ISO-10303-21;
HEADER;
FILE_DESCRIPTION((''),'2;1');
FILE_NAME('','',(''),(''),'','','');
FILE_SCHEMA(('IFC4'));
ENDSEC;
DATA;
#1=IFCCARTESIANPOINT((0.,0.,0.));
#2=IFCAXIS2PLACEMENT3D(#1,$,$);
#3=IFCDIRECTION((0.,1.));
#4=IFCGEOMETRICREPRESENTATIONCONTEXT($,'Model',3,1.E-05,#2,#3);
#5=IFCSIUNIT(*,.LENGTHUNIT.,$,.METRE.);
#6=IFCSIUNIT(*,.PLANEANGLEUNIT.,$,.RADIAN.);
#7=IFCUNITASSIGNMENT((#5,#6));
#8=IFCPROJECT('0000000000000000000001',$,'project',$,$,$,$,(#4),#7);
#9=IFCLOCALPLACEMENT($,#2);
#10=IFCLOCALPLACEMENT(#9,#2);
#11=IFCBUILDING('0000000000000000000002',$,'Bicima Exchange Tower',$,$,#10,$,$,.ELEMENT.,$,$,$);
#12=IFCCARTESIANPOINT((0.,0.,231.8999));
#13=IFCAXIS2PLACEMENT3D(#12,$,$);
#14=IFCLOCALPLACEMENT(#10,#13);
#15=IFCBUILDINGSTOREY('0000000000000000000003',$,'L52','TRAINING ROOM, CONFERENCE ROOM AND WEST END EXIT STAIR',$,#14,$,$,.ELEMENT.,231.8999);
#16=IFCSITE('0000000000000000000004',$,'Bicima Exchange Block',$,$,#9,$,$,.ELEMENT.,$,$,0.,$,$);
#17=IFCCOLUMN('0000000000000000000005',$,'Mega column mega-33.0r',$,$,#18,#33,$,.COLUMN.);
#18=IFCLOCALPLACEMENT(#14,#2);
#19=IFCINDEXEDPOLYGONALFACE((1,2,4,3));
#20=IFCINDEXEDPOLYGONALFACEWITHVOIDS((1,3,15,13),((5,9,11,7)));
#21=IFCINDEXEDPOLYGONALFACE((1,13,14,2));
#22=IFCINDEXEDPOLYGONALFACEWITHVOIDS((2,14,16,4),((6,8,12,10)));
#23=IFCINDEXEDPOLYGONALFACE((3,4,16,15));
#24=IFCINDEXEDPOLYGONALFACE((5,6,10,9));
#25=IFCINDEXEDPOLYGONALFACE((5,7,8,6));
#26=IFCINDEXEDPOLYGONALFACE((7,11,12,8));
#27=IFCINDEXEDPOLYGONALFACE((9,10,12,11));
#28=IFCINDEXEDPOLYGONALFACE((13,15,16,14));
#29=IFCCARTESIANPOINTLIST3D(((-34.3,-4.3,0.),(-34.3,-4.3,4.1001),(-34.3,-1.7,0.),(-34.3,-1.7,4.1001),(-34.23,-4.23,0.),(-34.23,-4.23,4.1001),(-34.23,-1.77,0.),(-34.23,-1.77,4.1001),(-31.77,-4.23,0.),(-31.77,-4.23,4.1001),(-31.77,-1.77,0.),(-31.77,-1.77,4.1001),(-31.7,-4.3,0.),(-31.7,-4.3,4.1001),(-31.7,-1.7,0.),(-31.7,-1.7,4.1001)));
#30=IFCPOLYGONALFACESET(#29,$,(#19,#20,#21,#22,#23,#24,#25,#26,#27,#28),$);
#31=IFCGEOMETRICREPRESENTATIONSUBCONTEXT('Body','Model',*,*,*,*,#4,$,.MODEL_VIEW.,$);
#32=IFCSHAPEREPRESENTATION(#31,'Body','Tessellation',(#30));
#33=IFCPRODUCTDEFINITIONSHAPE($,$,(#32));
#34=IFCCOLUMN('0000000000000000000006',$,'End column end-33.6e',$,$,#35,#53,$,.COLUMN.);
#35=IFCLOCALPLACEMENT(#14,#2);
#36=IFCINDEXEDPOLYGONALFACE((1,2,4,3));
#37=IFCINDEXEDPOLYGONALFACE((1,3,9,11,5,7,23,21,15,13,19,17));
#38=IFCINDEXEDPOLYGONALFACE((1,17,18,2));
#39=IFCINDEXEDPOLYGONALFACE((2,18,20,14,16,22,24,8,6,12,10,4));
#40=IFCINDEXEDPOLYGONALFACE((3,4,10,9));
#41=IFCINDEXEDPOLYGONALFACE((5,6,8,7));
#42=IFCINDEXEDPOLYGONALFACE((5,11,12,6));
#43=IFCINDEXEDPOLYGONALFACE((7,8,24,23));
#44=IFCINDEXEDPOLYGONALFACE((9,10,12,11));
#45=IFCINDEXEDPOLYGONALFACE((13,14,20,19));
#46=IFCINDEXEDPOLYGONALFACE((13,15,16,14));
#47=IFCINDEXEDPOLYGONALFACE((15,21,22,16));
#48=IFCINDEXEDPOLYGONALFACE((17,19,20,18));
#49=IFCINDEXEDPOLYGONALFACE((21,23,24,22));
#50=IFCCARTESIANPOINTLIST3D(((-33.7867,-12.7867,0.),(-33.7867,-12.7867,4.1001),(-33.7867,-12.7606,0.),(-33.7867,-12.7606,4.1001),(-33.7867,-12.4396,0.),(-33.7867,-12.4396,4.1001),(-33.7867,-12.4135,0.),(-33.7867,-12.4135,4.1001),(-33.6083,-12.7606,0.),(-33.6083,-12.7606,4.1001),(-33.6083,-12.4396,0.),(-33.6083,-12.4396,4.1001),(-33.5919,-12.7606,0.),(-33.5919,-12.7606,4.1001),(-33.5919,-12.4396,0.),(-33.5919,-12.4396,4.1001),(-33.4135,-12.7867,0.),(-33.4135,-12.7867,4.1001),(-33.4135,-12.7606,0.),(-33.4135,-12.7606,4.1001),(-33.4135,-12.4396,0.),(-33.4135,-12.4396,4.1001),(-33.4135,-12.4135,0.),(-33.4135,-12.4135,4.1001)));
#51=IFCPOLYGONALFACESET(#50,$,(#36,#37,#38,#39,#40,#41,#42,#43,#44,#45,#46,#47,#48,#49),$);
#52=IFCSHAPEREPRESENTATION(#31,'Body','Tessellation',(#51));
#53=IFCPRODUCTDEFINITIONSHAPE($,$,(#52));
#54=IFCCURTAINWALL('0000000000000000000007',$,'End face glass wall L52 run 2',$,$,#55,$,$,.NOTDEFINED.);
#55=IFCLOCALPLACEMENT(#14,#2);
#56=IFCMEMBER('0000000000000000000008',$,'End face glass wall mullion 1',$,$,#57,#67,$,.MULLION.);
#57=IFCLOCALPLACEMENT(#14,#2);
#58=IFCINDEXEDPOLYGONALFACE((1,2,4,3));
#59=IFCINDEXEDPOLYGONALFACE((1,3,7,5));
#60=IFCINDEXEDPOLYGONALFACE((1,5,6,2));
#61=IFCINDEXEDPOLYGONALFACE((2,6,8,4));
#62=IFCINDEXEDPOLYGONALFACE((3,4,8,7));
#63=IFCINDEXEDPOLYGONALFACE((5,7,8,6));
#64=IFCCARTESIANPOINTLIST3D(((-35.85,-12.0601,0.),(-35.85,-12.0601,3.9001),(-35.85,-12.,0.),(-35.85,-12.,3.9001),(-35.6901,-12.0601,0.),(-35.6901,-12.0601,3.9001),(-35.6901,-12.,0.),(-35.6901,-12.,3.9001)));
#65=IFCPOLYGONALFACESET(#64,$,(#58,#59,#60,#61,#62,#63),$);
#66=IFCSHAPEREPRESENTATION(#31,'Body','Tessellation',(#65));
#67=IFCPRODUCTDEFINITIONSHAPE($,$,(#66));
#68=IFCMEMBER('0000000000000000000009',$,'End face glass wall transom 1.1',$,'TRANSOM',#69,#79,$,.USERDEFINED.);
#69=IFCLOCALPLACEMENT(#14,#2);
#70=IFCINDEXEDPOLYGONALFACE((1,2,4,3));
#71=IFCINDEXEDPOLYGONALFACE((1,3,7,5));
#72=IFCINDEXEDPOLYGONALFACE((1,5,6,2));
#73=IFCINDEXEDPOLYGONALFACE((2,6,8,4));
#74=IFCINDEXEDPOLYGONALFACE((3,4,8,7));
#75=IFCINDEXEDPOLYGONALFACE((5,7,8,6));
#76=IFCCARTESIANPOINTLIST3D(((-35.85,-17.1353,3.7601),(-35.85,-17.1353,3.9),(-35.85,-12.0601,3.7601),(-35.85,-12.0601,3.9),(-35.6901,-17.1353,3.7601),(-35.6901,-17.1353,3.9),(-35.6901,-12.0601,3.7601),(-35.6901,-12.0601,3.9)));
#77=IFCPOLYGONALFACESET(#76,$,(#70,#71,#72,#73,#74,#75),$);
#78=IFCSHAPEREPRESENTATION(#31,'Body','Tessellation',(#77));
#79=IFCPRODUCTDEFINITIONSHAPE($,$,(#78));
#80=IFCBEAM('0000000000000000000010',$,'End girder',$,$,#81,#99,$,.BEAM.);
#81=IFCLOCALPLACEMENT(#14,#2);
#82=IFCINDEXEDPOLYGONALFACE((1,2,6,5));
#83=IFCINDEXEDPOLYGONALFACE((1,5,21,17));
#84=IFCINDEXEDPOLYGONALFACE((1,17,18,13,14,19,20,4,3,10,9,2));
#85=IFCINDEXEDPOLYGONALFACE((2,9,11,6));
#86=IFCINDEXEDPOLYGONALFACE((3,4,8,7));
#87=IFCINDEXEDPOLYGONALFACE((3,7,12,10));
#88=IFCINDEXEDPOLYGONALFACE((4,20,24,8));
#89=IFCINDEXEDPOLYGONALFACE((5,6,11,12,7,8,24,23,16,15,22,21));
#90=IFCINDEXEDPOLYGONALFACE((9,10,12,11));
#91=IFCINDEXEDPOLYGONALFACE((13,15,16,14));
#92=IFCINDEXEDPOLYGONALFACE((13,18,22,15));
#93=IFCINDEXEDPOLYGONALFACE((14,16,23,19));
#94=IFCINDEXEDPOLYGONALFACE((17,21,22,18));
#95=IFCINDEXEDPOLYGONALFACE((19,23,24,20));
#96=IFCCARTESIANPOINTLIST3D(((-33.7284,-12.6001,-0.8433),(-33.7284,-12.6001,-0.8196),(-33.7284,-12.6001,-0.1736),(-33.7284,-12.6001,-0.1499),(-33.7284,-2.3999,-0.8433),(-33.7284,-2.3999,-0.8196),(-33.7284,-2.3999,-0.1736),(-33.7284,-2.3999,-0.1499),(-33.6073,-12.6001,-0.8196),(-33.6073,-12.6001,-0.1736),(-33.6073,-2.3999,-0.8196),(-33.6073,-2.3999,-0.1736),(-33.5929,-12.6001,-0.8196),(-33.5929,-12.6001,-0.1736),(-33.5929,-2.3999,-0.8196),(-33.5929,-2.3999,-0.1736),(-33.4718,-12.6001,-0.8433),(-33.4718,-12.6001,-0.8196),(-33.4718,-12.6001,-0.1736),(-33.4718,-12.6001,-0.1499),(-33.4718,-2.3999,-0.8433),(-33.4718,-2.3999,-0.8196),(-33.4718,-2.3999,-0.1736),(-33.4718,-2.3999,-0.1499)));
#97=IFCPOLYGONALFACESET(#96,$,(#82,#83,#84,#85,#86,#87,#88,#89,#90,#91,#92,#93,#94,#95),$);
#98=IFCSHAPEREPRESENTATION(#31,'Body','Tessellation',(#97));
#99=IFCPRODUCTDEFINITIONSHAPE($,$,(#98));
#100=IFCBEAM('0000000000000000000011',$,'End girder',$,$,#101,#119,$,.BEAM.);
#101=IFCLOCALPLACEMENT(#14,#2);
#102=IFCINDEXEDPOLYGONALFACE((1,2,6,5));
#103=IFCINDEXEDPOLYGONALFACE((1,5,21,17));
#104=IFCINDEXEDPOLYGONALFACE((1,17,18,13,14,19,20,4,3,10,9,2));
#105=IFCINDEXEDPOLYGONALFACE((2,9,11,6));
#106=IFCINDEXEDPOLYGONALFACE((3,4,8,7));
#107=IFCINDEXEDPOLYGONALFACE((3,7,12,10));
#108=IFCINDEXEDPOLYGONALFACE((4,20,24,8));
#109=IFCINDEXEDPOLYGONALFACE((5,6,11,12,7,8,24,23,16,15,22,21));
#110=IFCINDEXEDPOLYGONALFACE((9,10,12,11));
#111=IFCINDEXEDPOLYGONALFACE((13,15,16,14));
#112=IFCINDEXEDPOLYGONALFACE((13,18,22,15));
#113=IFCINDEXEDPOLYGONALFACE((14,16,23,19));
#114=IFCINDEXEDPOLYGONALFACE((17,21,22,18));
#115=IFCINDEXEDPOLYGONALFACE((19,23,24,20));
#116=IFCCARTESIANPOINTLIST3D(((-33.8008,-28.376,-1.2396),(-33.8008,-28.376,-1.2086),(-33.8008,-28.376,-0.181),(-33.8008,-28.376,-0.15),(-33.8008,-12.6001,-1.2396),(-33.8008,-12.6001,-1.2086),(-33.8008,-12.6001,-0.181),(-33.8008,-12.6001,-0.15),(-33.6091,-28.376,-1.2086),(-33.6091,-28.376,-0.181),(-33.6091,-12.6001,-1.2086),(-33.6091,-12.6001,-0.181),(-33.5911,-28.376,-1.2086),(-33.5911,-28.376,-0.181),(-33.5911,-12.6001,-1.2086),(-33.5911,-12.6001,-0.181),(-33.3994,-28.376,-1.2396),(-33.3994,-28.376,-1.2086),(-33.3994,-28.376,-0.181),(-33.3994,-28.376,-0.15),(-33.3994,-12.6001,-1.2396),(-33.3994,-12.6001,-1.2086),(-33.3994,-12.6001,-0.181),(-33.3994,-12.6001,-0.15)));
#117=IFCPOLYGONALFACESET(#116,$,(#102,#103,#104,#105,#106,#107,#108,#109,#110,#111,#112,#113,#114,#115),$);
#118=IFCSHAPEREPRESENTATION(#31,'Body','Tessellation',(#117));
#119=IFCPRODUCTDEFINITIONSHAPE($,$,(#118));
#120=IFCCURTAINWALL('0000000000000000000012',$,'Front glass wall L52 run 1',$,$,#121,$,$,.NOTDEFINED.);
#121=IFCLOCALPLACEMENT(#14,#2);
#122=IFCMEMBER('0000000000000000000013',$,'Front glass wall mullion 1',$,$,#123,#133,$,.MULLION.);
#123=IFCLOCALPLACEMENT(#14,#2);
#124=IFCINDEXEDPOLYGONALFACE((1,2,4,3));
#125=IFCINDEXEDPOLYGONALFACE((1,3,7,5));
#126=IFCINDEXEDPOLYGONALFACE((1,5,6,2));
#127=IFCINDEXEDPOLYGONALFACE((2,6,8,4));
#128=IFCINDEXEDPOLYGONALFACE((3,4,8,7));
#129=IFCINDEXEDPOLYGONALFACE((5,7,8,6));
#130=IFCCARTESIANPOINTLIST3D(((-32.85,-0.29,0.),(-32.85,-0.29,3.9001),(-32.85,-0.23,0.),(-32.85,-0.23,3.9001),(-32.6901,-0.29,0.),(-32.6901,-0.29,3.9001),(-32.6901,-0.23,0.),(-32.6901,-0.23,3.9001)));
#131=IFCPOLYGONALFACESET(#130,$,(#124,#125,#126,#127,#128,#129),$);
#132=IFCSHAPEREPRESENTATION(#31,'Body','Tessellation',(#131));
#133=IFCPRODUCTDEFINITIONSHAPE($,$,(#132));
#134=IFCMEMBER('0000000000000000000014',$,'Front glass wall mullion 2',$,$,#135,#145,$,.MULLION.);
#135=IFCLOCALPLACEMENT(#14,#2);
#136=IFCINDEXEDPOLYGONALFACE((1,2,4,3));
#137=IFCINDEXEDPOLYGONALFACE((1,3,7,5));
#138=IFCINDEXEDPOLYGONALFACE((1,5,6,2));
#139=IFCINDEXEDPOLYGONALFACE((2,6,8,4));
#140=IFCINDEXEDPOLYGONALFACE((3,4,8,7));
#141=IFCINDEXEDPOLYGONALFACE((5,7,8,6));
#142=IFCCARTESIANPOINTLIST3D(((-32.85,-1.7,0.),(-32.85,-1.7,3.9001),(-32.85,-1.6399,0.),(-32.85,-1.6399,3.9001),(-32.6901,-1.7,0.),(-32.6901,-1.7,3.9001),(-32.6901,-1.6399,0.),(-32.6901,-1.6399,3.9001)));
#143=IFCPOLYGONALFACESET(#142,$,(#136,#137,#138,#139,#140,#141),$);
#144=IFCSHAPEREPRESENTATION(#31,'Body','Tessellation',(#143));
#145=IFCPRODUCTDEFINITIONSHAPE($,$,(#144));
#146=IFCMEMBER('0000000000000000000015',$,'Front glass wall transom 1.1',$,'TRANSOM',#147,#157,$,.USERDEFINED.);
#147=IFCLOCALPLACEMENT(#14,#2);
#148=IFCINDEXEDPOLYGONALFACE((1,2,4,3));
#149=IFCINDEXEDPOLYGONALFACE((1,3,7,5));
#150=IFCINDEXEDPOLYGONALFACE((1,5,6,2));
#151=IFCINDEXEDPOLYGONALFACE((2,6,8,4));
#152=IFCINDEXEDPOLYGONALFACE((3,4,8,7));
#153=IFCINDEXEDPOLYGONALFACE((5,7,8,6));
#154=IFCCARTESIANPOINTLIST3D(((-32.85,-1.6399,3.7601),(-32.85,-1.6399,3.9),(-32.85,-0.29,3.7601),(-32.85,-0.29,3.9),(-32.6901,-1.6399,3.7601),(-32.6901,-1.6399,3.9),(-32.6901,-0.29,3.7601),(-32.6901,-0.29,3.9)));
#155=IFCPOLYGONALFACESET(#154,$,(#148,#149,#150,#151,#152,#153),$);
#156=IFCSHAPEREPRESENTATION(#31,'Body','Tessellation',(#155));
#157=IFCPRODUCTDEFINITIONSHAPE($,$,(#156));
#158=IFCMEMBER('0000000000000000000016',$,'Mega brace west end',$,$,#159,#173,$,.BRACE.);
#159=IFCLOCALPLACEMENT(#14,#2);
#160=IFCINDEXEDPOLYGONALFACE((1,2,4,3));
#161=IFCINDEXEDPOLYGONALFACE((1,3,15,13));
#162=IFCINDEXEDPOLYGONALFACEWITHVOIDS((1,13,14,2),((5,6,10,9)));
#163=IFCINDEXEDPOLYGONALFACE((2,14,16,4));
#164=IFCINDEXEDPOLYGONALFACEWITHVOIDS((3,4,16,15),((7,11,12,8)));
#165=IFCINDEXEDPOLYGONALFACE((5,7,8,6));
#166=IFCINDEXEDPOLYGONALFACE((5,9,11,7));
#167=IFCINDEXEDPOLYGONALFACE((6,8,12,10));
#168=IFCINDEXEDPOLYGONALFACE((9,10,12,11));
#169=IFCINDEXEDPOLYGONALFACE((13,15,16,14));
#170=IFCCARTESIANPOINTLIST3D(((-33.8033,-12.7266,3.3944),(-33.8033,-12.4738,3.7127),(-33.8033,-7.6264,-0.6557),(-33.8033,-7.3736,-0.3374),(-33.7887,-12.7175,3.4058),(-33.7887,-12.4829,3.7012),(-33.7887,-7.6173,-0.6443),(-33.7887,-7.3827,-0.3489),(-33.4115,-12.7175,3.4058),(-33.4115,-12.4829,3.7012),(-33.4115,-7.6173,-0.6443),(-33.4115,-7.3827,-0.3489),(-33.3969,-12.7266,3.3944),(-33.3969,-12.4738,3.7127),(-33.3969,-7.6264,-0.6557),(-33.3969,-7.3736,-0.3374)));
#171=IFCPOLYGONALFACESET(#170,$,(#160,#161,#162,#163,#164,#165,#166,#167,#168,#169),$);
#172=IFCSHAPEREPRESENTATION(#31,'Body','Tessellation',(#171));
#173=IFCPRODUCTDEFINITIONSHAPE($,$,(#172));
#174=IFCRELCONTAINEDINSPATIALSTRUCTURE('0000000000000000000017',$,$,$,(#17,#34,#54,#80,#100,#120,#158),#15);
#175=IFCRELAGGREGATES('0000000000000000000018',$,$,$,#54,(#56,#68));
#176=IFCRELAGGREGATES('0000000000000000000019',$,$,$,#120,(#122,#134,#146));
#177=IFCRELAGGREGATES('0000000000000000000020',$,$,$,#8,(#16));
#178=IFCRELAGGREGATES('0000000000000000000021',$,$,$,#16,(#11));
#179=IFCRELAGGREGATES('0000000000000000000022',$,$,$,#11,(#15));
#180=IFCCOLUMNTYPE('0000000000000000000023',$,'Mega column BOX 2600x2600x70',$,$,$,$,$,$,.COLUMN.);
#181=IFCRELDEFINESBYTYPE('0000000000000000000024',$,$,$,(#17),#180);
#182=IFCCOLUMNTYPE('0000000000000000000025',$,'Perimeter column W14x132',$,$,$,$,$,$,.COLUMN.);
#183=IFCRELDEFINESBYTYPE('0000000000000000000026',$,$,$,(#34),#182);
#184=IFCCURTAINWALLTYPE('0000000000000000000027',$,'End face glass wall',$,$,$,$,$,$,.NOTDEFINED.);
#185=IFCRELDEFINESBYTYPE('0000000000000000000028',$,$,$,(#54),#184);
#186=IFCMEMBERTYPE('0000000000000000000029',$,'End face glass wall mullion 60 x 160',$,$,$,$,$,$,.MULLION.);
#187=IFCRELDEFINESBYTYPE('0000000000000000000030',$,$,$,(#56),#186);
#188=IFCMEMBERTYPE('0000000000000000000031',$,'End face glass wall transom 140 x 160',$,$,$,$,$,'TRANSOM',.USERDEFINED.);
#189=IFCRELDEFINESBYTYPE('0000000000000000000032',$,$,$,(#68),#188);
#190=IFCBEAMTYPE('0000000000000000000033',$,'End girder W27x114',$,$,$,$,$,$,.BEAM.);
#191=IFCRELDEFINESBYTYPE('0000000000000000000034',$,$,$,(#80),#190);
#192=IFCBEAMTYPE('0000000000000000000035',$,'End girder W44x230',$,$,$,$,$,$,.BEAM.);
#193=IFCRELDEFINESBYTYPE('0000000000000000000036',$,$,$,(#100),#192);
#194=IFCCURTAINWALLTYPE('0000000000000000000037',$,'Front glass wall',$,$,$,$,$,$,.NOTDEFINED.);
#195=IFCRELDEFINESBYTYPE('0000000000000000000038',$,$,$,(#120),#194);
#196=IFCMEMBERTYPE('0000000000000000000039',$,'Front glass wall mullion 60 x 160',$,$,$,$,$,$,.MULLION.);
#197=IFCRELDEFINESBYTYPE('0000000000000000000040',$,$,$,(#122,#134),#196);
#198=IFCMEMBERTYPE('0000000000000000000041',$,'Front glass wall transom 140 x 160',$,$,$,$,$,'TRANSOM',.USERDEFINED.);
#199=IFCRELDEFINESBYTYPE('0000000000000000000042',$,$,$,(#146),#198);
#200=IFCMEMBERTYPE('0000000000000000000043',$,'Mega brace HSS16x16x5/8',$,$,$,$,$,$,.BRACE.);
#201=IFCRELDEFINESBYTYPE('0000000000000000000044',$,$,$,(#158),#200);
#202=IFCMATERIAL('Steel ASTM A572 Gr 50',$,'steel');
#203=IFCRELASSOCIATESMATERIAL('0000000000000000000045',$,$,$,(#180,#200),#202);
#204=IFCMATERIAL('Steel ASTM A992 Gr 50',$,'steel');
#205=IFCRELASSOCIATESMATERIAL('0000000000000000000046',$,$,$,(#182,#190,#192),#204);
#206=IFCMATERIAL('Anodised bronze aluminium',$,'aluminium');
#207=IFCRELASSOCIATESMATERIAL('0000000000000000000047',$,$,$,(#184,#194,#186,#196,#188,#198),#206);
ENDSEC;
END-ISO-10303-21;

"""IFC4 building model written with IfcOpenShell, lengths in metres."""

from ifc_helpers import new_model, si_unit, direction, frame, origin, origin_2d, place, context, subcontext, project, spatial, rectangle, hollow_rectangle, i_section, extrude, material, material_profile, profile_set, type_object, element, aggregate, save


model = new_model("IFC4")

# Units and contexts
model_context = context("Model", 3, precision=1e-05, world=origin(), true_north=direction((0.0, 1.0)))
body_context = subcontext(model_context, "Body", "Model", "MODEL_VIEW")
ifc_project = project(units=[si_unit("LENGTHUNIT", "METRE"), si_unit("PLANEANGLEUNIT", "RADIAN")], contexts=[model_context])

# Site, building, storey
site_placement = place(None, origin())
site = spatial("IfcSite", under=ifc_project, at=site_placement, Name="Bicima Exchange Block", CompositionType="ELEMENT", RefElevation=0.0)
building_placement = place(site_placement, origin())
building = spatial("IfcBuilding", under=site, at=building_placement, Name="Bicima Exchange Tower", CompositionType="ELEMENT")
storey_placement = place(building_placement, frame((0.0, 0.0, 231.8999)))
storey = spatial("IfcBuildingStorey", under=building, at=storey_placement, Name="L52", Description="TRAINING ROOM, CONFERENCE ROOM AND WEST END EXIT STAIR", CompositionType="ELEMENT", Elevation=231.8999)

# Columns
ifc_material_1 = material(Name="Steel ASTM A572 Gr 50", Category="steel")
ifc_material_profile_1 = material_profile(ifc_material_1, hollow_rectangle(XDim=2.6001, YDim=2.6001, WallThickness=0.0701, at=origin_2d()))
ifc_profile_set_1 = profile_set([ifc_material_profile_1], Name="Steel ASTM A572 Gr 50")
column_type_1 = type_object("IfcColumnType", Name="Mega column BOX 2600x2600x70", PredefinedType="COLUMN", material=ifc_profile_set_1)
column_1_placement = place(storey_placement, frame((-33.0, -3.0, 0.0), z_axis=(0.0, 0.0, 1.0), x_axis=(1.0, 0.0, 0.0)))
element("IfcColumn", 1, at=column_1_placement, inside=storey, type_object=column_type_1, Name="Mega column mega-33.0r", PredefinedType="COLUMN", context=body_context, shape_type="SweptSolid", body=[
    extrude(hollow_rectangle(XDim=2.6001, YDim=2.6001, WallThickness=0.0701, at=origin_2d()), origin(), (0.0, 0.0, 1.0), 4.1001),
])
ifc_material_2 = material(Name="Steel ASTM A992 Gr 50", Category="steel")
ifc_material_profile_2 = material_profile(ifc_material_2, i_section(OverallWidth=0.3733, OverallDepth=0.3733, WebThickness=0.0164, FlangeThickness=0.0261, at=origin_2d()))
ifc_profile_set_2 = profile_set([ifc_material_profile_2], Name="Steel ASTM A992 Gr 50")
column_type_2 = type_object("IfcColumnType", Name="Perimeter column W14x132", PredefinedType="COLUMN", material=ifc_profile_set_2)
column_2_placement = place(storey_placement, frame((-33.6001, -12.6001, 0.0), z_axis=(0.0, 0.0, 1.0), x_axis=(1.0, 0.0, 0.0)))
element("IfcColumn", 2, at=column_2_placement, inside=storey, type_object=column_type_2, Name="End column end-33.6e", PredefinedType="COLUMN", context=body_context, shape_type="SweptSolid", body=[
    extrude(i_section(OverallWidth=0.3733, OverallDepth=0.3733, WebThickness=0.0164, FlangeThickness=0.0261, at=origin_2d()), origin(), (0.0, 0.0, 1.0), 4.1001),
])

# Curtain wall, members
ifc_material_3 = material(Name="Anodised bronze aluminium", Category="aluminium")
curtain_wall_type_1 = type_object("IfcCurtainWallType", Name="End face glass wall", PredefinedType="NOTDEFINED", material=ifc_material_3)
curtain_wall_1_placement = place(storey_placement, origin())
curtain_wall_1 = element("IfcCurtainWall", 3, at=curtain_wall_1_placement, inside=storey, type_object=curtain_wall_type_1, Name="End face glass wall L52 run 2", PredefinedType="NOTDEFINED")
ifc_material_profile_3 = material_profile(ifc_material_3, rectangle(XDim=0.1599, YDim=0.0601, at=origin_2d()))
ifc_profile_set_3 = profile_set([ifc_material_profile_3], Name="Anodised bronze aluminium")
member_type_1 = type_object("IfcMemberType", Name="End face glass wall mullion 60 x 160", PredefinedType="MULLION", material=ifc_profile_set_3)
member_1_placement = place(storey_placement, frame((-35.77, -12.03, 0.0), z_axis=(0.0, 0.0, 1.0), x_axis=(1.0, 0.0, 0.0)))
member_1 = element("IfcMember", 4, at=member_1_placement, type_object=member_type_1, Name="End face glass wall mullion 1", PredefinedType="MULLION", context=body_context, shape_type="SweptSolid", body=[
    extrude(rectangle(XDim=0.1599, YDim=0.0601, at=origin_2d()), origin(), (0.0, 0.0, 1.0), 3.9001),
])
ifc_material_profile_4 = material_profile(ifc_material_3, rectangle(XDim=0.1599, YDim=0.1399, at=origin_2d()))
ifc_profile_set_4 = profile_set([ifc_material_profile_4], Name="Anodised bronze aluminium")
member_type_2 = type_object("IfcMemberType", Name="End face glass wall transom 140 x 160", ElementType="TRANSOM", PredefinedType="USERDEFINED", material=ifc_profile_set_4)
member_2_placement = place(storey_placement, frame((-35.77, -12.0601, 3.8301), z_axis=(0.0, -1.0, 0.0), x_axis=(1.0, 0.0, 0.0)))
member_2 = element("IfcMember", 5, at=member_2_placement, type_object=member_type_2, Name="End face glass wall transom 1.1", ObjectType="TRANSOM", PredefinedType="USERDEFINED", context=body_context, shape_type="SweptSolid", body=[
    extrude(rectangle(XDim=0.1599, YDim=0.1399, at=origin_2d()), origin(), (0.0, 0.0, 1.0), 5.0752),
])
aggregate(curtain_wall_1, [member_1, member_2])

# Beams
ifc_material_profile_5 = material_profile(ifc_material_2, i_section(OverallWidth=0.2566, OverallDepth=0.6934, WebThickness=0.0144, FlangeThickness=0.0237, at=origin_2d()))
ifc_profile_set_5 = profile_set([ifc_material_profile_5], Name="Steel ASTM A992 Gr 50")
beam_type_1 = type_object("IfcBeamType", Name="End girder W27x114", PredefinedType="BEAM", material=ifc_profile_set_5)
beam_1_placement = place(storey_placement, frame((-33.6001, -2.3999, -0.4966), z_axis=(0.0, -1.0, 0.0), x_axis=(1.0, 0.0, 0.0)))
element("IfcBeam", 6, at=beam_1_placement, inside=storey, type_object=beam_type_1, Name="End girder", PredefinedType="BEAM", context=body_context, shape_type="SweptSolid", body=[
    extrude(i_section(OverallWidth=0.2566, OverallDepth=0.6934, WebThickness=0.0144, FlangeThickness=0.0237, at=origin_2d()), origin(), (0.0, 0.0, 1.0), 10.2002),
])
ifc_material_profile_6 = material_profile(ifc_material_2, i_section(OverallWidth=0.4014, OverallDepth=1.0896, WebThickness=0.0181, FlangeThickness=0.031, at=origin_2d()))
ifc_profile_set_6 = profile_set([ifc_material_profile_6], Name="Steel ASTM A992 Gr 50")
beam_type_2 = type_object("IfcBeamType", Name="End girder W44x230", PredefinedType="BEAM", material=ifc_profile_set_6)
beam_2_placement = place(storey_placement, frame((-33.6001, -12.6001, -0.6948), z_axis=(0.0, -1.0, 0.0), x_axis=(1.0, 0.0, 0.0)))
element("IfcBeam", 7, at=beam_2_placement, inside=storey, type_object=beam_type_2, Name="End girder", PredefinedType="BEAM", context=body_context, shape_type="SweptSolid", body=[
    extrude(i_section(OverallWidth=0.4014, OverallDepth=1.0896, WebThickness=0.0181, FlangeThickness=0.031, at=origin_2d()), origin(), (0.0, 0.0, 1.0), 15.7759),
])

# Curtain wall, members
curtain_wall_type_2 = type_object("IfcCurtainWallType", Name="Front glass wall", PredefinedType="NOTDEFINED", material=ifc_material_3)
curtain_wall_2_placement = place(storey_placement, origin())
curtain_wall_2 = element("IfcCurtainWall", 8, at=curtain_wall_2_placement, inside=storey, type_object=curtain_wall_type_2, Name="Front glass wall L52 run 1", PredefinedType="NOTDEFINED")
member_type_3 = type_object("IfcMemberType", Name="Front glass wall mullion 60 x 160", PredefinedType="MULLION", material=ifc_profile_set_3)
member_3_placement = place(storey_placement, frame((-32.77, -0.26, 0.0), z_axis=(0.0, 0.0, 1.0), x_axis=(1.0, 0.0, 0.0)))
member_3 = element("IfcMember", 9, at=member_3_placement, type_object=member_type_3, Name="Front glass wall mullion 1", PredefinedType="MULLION", context=body_context, shape_type="SweptSolid", body=[
    extrude(rectangle(XDim=0.1599, YDim=0.0601, at=origin_2d()), origin(), (0.0, 0.0, 1.0), 3.9001),
])
member_4_placement = place(storey_placement, frame((-32.77, -1.6699, 0.0), z_axis=(0.0, 0.0, 1.0), x_axis=(1.0, 0.0, 0.0)))
member_4 = element("IfcMember", 10, at=member_4_placement, type_object=member_type_3, Name="Front glass wall mullion 2", PredefinedType="MULLION", context=body_context, shape_type="SweptSolid", body=[
    extrude(rectangle(XDim=0.1599, YDim=0.0601, at=origin_2d()), origin(), (0.0, 0.0, 1.0), 3.9001),
])
member_type_4 = type_object("IfcMemberType", Name="Front glass wall transom 140 x 160", ElementType="TRANSOM", PredefinedType="USERDEFINED", material=ifc_profile_set_4)
member_5_placement = place(storey_placement, frame((-32.77, -0.29, 3.8301), z_axis=(0.0, -1.0, 0.0), x_axis=(1.0, 0.0, 0.0)))
member_5 = element("IfcMember", 11, at=member_5_placement, type_object=member_type_4, Name="Front glass wall transom 1.1", ObjectType="TRANSOM", PredefinedType="USERDEFINED", context=body_context, shape_type="SweptSolid", body=[
    extrude(rectangle(XDim=0.1599, YDim=0.1399, at=origin_2d()), origin(), (0.0, 0.0, 1.0), 1.3499),
])

# Member
ifc_material_profile_7 = material_profile(ifc_material_1, hollow_rectangle(XDim=0.4065, YDim=0.4065, WallThickness=0.0146, at=origin_2d()))
ifc_profile_set_7 = profile_set([ifc_material_profile_7], Name="Steel ASTM A572 Gr 50")
member_type_5 = type_object("IfcMemberType", Name="Mega brace HSS16x16x5/8", PredefinedType="BRACE", material=ifc_profile_set_7)
for number, where, z_axis, x_axis, name in (
    (12, (-33.6001, -7.5, -0.4966), (0.0, -0.783113, 0.621879), (1.0, 0.0, 0.0), "Mega brace west end"),
):
    element("IfcMember", number, at=place(storey_placement, frame(where, z_axis=z_axis, x_axis=x_axis)), inside=storey, type_object=member_type_5, Name=name, PredefinedType="BRACE", context=body_context, shape_type="SweptSolid", body=[
        extrude(hollow_rectangle(XDim=0.4065, YDim=0.4065, WallThickness=0.0146, at=origin_2d()), origin(), (0.0, 0.0, 1.0), 6.5127),
    ])

aggregate(curtain_wall_2, [member_3, member_4, member_5])

save(model, "model.ifc")
